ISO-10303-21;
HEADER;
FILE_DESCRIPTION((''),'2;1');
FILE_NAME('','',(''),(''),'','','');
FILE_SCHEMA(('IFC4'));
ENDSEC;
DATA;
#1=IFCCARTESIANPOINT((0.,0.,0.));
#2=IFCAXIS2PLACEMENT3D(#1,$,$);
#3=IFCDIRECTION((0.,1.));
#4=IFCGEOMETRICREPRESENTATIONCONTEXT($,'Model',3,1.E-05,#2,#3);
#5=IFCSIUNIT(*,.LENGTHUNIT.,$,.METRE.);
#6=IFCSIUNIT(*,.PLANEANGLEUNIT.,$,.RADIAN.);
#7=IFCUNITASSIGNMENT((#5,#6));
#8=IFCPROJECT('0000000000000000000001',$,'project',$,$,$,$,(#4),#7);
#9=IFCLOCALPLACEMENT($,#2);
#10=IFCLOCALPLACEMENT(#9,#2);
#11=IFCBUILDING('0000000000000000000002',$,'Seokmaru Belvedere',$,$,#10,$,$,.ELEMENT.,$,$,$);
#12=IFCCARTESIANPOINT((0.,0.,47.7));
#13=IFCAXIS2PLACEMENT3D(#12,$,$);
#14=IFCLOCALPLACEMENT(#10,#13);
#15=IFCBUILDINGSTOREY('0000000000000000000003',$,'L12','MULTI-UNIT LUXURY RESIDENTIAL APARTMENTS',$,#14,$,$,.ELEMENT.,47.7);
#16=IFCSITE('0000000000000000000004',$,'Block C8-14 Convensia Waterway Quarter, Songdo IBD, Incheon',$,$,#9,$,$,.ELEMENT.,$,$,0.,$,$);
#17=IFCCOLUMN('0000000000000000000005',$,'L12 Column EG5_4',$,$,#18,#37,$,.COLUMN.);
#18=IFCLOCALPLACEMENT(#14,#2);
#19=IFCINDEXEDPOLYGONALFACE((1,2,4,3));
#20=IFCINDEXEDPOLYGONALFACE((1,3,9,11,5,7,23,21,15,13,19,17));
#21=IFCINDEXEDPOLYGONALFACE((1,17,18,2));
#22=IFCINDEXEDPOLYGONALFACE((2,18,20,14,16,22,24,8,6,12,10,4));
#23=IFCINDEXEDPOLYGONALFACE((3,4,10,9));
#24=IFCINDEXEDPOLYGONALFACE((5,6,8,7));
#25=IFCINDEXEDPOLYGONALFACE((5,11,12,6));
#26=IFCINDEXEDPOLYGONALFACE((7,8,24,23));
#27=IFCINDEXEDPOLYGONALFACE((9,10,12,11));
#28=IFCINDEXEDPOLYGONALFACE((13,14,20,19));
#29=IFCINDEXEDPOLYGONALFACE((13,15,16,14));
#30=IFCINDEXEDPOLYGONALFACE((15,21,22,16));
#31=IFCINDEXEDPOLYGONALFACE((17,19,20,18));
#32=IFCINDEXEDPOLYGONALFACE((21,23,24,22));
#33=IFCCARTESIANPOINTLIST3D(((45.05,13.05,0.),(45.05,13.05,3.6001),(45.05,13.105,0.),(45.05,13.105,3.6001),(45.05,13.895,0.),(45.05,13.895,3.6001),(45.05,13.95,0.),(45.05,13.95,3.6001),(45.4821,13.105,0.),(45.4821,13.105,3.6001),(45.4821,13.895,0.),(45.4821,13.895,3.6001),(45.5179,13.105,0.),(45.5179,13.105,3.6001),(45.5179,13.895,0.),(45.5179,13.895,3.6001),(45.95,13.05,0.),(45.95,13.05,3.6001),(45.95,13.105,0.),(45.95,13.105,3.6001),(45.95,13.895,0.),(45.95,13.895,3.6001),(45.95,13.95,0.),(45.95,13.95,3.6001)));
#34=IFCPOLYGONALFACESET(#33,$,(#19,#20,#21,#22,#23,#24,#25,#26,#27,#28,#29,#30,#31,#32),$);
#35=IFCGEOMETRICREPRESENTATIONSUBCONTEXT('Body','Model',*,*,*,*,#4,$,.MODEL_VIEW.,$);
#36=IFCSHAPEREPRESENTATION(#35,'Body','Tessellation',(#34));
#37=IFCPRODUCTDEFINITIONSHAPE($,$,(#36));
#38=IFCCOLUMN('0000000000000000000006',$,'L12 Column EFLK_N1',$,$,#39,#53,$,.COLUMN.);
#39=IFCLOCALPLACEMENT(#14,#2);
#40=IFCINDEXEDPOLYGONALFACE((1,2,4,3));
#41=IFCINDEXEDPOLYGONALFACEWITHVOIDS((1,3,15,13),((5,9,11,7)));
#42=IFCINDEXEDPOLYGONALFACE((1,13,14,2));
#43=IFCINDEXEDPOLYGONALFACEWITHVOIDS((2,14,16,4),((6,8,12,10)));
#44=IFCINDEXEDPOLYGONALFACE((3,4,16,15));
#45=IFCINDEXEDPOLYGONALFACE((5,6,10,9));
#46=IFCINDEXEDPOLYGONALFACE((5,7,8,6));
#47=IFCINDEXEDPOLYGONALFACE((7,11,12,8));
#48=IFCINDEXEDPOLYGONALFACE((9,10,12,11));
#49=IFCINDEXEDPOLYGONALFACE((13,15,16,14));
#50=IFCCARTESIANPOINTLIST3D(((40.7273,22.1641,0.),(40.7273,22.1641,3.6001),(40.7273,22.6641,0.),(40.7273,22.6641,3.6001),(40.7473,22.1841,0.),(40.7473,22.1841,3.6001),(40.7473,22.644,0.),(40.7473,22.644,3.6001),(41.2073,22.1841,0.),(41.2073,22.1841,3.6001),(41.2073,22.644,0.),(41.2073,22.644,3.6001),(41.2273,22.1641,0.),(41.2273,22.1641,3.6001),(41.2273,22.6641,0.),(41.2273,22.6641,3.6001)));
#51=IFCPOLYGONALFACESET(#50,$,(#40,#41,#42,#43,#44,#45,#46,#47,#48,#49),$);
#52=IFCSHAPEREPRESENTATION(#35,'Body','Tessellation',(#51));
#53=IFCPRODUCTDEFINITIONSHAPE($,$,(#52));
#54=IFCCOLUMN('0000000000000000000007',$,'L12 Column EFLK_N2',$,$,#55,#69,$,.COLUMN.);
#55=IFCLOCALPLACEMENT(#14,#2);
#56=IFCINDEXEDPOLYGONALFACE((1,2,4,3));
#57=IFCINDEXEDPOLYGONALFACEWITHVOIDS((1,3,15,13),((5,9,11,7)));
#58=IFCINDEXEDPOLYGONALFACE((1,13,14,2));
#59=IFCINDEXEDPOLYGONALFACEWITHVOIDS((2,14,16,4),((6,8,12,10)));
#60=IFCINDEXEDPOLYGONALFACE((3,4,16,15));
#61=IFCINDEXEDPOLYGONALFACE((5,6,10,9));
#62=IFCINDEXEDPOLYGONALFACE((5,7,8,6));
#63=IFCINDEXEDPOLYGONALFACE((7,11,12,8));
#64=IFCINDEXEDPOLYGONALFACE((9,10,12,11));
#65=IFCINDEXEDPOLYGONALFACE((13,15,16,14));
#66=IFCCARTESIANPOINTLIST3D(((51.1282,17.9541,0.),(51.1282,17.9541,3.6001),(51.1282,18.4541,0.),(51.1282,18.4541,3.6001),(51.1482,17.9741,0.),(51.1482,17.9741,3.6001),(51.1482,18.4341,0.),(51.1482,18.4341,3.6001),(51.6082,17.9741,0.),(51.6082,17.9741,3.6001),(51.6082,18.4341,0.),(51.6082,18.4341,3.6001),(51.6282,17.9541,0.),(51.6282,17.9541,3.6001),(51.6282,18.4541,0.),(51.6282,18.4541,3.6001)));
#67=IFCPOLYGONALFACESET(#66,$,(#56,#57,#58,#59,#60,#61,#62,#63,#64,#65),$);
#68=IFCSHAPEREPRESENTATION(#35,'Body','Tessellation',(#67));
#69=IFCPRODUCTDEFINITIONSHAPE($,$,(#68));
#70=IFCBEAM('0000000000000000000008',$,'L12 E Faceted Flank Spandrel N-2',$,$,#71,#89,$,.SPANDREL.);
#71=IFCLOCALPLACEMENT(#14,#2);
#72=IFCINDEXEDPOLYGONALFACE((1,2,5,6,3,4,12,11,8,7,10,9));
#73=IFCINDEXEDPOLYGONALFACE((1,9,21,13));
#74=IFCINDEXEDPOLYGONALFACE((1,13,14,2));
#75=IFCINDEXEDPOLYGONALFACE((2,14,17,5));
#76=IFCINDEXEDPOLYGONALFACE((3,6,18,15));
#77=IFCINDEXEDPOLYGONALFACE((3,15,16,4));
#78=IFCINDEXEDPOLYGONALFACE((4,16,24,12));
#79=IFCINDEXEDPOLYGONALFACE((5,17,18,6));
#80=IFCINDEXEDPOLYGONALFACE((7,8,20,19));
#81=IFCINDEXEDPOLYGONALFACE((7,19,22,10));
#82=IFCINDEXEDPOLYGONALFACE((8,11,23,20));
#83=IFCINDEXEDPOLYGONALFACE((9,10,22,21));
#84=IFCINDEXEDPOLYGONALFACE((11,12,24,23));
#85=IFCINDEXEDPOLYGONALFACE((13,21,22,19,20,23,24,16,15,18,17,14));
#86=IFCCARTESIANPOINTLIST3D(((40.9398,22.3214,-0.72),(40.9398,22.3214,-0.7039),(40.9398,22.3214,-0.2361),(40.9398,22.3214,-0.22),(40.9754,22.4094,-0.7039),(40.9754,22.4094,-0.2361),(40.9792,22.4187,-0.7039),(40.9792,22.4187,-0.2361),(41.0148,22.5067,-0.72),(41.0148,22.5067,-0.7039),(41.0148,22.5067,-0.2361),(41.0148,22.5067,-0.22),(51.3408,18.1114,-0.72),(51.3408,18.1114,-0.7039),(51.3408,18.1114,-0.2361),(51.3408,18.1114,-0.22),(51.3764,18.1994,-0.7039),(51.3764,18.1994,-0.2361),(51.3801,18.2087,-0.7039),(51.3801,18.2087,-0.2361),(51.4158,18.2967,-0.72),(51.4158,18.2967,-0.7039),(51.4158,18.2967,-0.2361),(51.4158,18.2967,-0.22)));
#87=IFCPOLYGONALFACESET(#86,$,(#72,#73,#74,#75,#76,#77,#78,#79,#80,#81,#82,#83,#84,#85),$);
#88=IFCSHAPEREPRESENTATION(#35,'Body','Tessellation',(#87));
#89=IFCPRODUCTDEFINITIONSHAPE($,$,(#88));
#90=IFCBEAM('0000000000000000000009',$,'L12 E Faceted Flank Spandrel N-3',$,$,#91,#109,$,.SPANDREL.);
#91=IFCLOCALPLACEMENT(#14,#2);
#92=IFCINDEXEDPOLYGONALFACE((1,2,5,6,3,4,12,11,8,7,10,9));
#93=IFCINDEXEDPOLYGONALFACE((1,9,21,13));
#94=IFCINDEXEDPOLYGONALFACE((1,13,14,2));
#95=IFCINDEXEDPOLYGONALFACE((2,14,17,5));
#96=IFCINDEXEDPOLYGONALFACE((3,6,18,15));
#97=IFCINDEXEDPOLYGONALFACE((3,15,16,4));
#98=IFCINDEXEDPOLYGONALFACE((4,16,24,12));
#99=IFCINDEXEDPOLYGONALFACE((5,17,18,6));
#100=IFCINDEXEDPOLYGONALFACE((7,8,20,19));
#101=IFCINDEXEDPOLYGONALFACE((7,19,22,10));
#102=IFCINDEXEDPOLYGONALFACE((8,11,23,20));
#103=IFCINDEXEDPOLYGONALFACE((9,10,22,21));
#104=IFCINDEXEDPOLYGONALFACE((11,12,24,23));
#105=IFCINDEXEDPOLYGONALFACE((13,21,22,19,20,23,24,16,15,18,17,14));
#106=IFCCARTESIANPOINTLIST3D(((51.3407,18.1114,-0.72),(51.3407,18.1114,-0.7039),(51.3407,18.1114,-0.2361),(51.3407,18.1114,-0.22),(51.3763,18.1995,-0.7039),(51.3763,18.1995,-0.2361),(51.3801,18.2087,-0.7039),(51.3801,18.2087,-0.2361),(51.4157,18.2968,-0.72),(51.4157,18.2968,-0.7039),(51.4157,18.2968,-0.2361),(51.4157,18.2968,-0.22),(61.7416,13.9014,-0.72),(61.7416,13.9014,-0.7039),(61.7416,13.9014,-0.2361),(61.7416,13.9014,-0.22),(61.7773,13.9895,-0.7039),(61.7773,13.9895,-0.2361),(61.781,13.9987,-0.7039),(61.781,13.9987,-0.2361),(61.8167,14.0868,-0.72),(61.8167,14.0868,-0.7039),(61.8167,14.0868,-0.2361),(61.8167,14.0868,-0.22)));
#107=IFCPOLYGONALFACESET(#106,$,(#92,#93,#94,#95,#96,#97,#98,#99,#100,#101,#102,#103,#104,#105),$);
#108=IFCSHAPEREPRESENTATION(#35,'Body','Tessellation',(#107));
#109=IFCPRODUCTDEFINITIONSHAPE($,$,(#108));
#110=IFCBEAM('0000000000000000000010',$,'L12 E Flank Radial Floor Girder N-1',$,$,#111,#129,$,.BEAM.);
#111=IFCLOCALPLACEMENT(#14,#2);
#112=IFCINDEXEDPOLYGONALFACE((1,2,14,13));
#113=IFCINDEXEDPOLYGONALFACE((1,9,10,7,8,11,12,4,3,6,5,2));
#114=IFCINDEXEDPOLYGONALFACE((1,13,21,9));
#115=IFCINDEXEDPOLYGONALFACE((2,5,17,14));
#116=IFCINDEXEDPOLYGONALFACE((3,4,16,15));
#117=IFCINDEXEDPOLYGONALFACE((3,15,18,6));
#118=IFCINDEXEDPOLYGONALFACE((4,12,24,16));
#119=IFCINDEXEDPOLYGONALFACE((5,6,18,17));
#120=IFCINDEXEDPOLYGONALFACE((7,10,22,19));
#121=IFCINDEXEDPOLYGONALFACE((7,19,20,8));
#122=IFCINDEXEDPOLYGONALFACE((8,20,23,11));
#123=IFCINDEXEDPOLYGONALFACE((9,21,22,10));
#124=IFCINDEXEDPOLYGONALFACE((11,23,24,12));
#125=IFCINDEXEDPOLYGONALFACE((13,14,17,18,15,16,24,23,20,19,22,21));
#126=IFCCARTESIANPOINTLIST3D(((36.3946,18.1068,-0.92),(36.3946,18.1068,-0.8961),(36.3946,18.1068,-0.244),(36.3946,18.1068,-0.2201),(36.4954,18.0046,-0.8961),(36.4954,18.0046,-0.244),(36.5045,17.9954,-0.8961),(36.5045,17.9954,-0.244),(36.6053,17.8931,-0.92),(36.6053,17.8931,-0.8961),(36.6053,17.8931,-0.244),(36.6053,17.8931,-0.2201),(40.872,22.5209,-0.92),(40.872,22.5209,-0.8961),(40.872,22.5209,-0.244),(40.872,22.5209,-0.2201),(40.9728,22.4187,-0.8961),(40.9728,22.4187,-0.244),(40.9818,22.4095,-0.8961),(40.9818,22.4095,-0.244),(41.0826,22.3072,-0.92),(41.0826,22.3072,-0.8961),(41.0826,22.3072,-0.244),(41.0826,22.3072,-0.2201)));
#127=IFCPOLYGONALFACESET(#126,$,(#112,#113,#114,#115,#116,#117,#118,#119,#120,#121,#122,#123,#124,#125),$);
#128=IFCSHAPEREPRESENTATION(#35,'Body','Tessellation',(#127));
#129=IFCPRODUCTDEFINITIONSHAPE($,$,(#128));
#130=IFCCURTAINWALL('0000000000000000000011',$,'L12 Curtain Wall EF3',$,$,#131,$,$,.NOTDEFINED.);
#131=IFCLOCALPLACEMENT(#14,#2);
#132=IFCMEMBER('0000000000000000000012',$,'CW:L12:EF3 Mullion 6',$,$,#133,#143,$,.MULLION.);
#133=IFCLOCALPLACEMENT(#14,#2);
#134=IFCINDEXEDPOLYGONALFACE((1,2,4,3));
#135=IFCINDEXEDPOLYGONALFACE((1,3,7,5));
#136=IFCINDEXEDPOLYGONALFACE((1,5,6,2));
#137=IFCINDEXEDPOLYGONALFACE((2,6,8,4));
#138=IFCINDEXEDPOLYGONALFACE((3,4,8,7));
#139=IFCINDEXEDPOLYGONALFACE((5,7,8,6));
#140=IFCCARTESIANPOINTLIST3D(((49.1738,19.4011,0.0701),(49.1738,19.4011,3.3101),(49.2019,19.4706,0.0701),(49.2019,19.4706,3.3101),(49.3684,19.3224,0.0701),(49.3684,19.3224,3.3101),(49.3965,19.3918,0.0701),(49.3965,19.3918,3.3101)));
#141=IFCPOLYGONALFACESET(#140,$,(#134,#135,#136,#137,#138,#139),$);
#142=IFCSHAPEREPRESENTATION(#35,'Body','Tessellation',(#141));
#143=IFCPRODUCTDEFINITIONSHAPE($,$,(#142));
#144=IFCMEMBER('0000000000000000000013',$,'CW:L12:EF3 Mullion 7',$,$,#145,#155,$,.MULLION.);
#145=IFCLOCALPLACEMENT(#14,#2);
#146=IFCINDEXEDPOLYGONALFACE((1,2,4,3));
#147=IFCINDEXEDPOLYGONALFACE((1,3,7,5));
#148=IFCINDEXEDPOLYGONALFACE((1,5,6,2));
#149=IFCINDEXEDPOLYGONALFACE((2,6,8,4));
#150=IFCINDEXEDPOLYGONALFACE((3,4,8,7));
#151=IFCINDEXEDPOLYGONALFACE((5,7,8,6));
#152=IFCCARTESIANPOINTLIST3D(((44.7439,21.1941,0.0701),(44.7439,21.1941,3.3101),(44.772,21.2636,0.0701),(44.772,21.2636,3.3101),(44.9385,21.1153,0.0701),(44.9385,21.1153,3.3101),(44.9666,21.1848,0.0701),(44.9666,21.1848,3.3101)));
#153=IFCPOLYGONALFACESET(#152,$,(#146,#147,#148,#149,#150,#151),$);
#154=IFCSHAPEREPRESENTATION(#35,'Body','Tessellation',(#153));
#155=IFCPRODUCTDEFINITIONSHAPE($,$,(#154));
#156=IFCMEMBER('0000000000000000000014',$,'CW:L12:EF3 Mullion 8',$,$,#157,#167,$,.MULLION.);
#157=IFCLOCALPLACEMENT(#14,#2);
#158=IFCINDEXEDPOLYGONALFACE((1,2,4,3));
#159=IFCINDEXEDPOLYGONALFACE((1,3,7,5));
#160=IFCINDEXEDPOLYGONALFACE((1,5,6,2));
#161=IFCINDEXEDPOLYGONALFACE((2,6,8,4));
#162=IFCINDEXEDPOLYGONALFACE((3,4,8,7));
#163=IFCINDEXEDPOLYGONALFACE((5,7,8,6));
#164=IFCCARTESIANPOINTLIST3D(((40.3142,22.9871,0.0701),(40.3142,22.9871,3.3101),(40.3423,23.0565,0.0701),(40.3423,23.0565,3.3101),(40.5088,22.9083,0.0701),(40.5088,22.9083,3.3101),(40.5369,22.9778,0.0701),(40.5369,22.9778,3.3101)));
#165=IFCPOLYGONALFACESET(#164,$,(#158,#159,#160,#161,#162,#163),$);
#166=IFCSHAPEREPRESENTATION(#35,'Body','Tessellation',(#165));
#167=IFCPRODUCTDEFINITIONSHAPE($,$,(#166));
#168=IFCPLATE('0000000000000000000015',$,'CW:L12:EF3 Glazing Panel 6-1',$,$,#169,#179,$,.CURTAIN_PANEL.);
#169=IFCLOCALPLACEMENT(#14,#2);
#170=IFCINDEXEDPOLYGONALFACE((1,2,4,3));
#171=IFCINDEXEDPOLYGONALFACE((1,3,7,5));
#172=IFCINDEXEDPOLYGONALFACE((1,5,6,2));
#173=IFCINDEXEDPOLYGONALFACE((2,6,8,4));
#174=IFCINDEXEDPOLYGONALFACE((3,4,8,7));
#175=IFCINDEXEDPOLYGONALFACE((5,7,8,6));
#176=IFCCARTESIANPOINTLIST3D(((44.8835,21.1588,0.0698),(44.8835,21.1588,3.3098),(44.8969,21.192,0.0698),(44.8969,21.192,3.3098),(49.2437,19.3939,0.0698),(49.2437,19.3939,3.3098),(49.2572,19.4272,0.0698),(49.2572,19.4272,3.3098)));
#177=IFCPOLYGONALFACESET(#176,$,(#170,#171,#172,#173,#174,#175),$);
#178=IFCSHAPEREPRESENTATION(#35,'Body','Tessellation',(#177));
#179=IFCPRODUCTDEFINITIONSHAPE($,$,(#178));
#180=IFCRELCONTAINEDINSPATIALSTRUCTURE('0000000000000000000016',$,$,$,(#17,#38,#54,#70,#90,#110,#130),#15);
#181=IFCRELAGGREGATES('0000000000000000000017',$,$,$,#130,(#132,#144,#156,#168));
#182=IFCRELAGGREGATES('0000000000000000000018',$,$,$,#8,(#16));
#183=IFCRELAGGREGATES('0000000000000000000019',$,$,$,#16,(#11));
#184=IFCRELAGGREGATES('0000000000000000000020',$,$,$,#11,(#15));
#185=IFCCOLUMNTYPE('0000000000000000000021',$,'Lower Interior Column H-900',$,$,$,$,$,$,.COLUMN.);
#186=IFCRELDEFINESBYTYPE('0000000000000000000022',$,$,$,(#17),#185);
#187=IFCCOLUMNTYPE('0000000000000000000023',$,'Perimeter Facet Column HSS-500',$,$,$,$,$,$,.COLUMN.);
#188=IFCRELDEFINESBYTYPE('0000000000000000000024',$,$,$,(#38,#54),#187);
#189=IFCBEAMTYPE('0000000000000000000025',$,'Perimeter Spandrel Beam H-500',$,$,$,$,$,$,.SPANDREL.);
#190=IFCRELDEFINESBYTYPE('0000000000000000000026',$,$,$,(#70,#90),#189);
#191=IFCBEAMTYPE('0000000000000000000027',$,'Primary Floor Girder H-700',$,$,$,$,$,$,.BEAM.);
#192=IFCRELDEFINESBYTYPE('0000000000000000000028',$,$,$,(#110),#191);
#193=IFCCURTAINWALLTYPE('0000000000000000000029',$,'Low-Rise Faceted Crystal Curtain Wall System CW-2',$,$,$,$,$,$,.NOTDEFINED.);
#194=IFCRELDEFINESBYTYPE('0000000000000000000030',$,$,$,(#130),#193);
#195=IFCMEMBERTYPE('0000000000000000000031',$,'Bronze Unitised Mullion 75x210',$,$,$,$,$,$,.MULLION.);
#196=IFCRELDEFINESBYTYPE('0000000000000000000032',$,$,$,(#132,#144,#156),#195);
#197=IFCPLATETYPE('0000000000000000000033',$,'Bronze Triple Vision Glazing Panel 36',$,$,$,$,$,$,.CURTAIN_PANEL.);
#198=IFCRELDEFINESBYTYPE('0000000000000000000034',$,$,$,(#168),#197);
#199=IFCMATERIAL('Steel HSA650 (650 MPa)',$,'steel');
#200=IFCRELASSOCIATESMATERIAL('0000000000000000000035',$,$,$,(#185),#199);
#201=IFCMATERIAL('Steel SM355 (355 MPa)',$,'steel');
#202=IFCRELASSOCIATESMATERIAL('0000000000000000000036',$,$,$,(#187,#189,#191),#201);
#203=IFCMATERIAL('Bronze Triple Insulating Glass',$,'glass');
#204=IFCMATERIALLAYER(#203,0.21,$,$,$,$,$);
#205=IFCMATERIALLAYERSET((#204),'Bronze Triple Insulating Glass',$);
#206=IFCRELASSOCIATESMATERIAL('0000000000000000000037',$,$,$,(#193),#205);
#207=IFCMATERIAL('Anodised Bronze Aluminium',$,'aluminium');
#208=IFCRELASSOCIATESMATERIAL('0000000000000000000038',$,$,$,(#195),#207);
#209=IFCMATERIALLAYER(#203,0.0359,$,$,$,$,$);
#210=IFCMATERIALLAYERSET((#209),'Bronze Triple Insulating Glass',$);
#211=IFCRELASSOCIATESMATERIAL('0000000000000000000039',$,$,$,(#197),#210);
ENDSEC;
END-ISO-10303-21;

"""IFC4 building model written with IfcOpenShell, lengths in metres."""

from ifc_helpers import new_model, si_unit, direction, frame, origin, origin_2d, place, context, subcontext, project, spatial, rectangle, hollow_rectangle, i_section, extrude, source, transform, mapped, material, layer, layer_set, material_profile, profile_set, type_object, type_shapes, element, aggregate, save


model = new_model("IFC4")

# Units and contexts
model_context = context("Model", 3, precision=1e-05, world=origin(), true_north=direction((0.0, 1.0)))
body_context = subcontext(model_context, "Body", "Model", "MODEL_VIEW")
ifc_project = project(units=[si_unit("LENGTHUNIT", "METRE"), si_unit("PLANEANGLEUNIT", "RADIAN")], contexts=[model_context])

# Site, building, storey
site_placement = place(None, origin())
site = spatial("IfcSite", under=ifc_project, at=site_placement, Name="Block C8-14 Convensia Waterway Quarter, Songdo IBD, Incheon", CompositionType="ELEMENT", RefElevation=0.0)
building_placement = place(site_placement, origin())
building = spatial("IfcBuilding", under=site, at=building_placement, Name="Seokmaru Belvedere", CompositionType="ELEMENT")
storey_placement = place(building_placement, frame((0.0, 0.0, 47.7)))
storey = spatial("IfcBuildingStorey", under=building, at=storey_placement, Name="L12", Description="MULTI-UNIT LUXURY RESIDENTIAL APARTMENTS", CompositionType="ELEMENT", Elevation=47.7)

# Columns
ifc_material_1 = material(Name="Steel HSA650 (650 MPa)", Category="steel")
ifc_material_profile_1 = material_profile(ifc_material_1, i_section(OverallWidth=0.8999, OverallDepth=0.8999, WebThickness=0.0359, FlangeThickness=0.0549, at=origin_2d()), Name="H-900x900x36x55")
ifc_profile_set_1 = profile_set([ifc_material_profile_1], Name="Steel HSA650 (650 MPa)")
column_type_1 = type_object("IfcColumnType", Name="Lower Interior Column H-900", PredefinedType="COLUMN", material=ifc_profile_set_1)
shared_shape_1 = source(origin(), body_context, "Body", "SweptSolid", [
    extrude(i_section(OverallWidth=0.8999, OverallDepth=0.8999, WebThickness=0.0359, FlangeThickness=0.0549, at=origin_2d()), origin(), (0.0, 0.0, 1.0), 3.6001),
])
type_shapes(column_type_1, [shared_shape_1])
column_placement = place(storey_placement, frame((45.5, 13.5, 0.0), z_axis=(0.0, 0.0, 1.0), x_axis=(1.0, 0.0, 0.0)))
element("IfcColumn", 1, at=column_placement, inside=storey, type_object=column_type_1, Name="L12 Column EG5_4", PredefinedType="COLUMN", context=body_context, shape_type="MappedRepresentation", body=[
    mapped(shared_shape_1, transform((0.0, 0.0, 0.0), scale=1.0)),
])
ifc_material_2 = material(Name="Steel SM355 (355 MPa)", Category="steel")
ifc_material_profile_2 = material_profile(ifc_material_2, hollow_rectangle(XDim=0.5, YDim=0.5, WallThickness=0.02, at=origin_2d()), Name="HSS-500x500x20")
ifc_profile_set_2 = profile_set([ifc_material_profile_2], Name="Steel SM355 (355 MPa)")
column_type_2 = type_object("IfcColumnType", Name="Perimeter Facet Column HSS-500", PredefinedType="COLUMN", material=ifc_profile_set_2)
shared_shape_2 = source(origin(), body_context, "Body", "SweptSolid", [
    extrude(hollow_rectangle(XDim=0.5, YDim=0.5, WallThickness=0.02, at=origin_2d()), origin(), (0.0, 0.0, 1.0), 3.6001),
])
type_shapes(column_type_2, [shared_shape_2])
for number, where, z_axis, x_axis, name in (
    (2, (40.9773, 22.4141, 0.0), (0.0, 0.0, 1.0), (1.0, 0.0, 0.0), "L12 Column EFLK_N1"),
    (3, (51.3782, 18.2041, 0.0), (0.0, 0.0, 1.0), (1.0, 0.0, 0.0), "L12 Column EFLK_N2"),
):
    element("IfcColumn", number, at=place(storey_placement, frame(where, z_axis=z_axis, x_axis=x_axis)), inside=storey, type_object=column_type_2, Name=name, PredefinedType="COLUMN", context=body_context, shape_type="MappedRepresentation", body=[
        mapped(shared_shape_2, transform((0.0, 0.0, 0.0), scale=1.0)),
    ])

# Beams
ifc_material_profile_3 = material_profile(ifc_material_2, i_section(OverallWidth=0.2, OverallDepth=0.5, WebThickness=0.01, FlangeThickness=0.0161, at=origin_2d()), Name="H-500x200x10x16")
ifc_profile_set_3 = profile_set([ifc_material_profile_3], Name="Steel SM355 (355 MPa)")
beam_type_1 = type_object("IfcBeamType", Name="Perimeter Spandrel Beam H-500", PredefinedType="SPANDREL", material=ifc_profile_set_3)
shared_shape_3 = source(origin(), body_context, "Body", "SweptSolid", [
    extrude(i_section(OverallWidth=0.2, OverallDepth=0.5, WebThickness=0.01, FlangeThickness=0.0161, at=origin_2d()), origin(), (0.0, 0.0, 1.0), 11.2207),
])
type_shapes(beam_type_1, [shared_shape_3])
for number, where, z_axis, x_axis, name in (
    (4, (40.9773, 22.4141, -0.47), (0.926944, -0.375199, 0.0), (0.375199, 0.926944, 0.0), "L12 E Faceted Flank Spandrel N-2"),
    (5, (51.3782, 18.2041, -0.47), (0.926944, -0.375199, 0.0), (0.375199, 0.926944, 0.0), "L12 E Faceted Flank Spandrel N-3"),
):
    element("IfcBeam", number, at=place(storey_placement, frame(where, z_axis=z_axis, x_axis=x_axis)), inside=storey, type_object=beam_type_1, Name=name, PredefinedType="SPANDREL", context=body_context, shape_type="MappedRepresentation", body=[
        mapped(shared_shape_3, transform((0.0, 0.0, 0.0), scale=1.0)),
    ])
ifc_material_profile_4 = material_profile(ifc_material_2, i_section(OverallWidth=0.3, OverallDepth=0.7, WebThickness=0.0129, FlangeThickness=0.0239, at=origin_2d()), Name="H-700x300x13x24")
ifc_profile_set_4 = profile_set([ifc_material_profile_4], Name="Steel SM355 (355 MPa)")
beam_type_2 = type_object("IfcBeamType", Name="Primary Floor Girder H-700", PredefinedType="BEAM", material=ifc_profile_set_4)
shared_shape_4 = source(origin(), body_context, "Body", "SweptSolid", [
    extrude(i_section(OverallWidth=0.3, OverallDepth=0.7, WebThickness=0.0129, FlangeThickness=0.0239, at=origin_2d()), origin(), (0.0, 0.0, 1.0), 6.2874),
])
type_shapes(beam_type_2, [shared_shape_4])
beam_placement = place(storey_placement, frame((40.9773, 22.4141, -0.5701), z_axis=(-0.712117, -0.70206, 0.0), x_axis=(0.70206, -0.712117, 0.0)))
element("IfcBeam", 6, at=beam_placement, inside=storey, type_object=beam_type_2, Name="L12 E Flank Radial Floor Girder N-1", PredefinedType="BEAM", context=body_context, shape_type="MappedRepresentation", body=[
    mapped(shared_shape_4, transform((0.0, 0.0, 0.0), scale=1.0)),
])

# Curtain wall, members, plate
ifc_material_3 = material(Name="Bronze Triple Insulating Glass", Category="glass")
ifc_layer_1 = layer(ifc_material_3, 0.21)
ifc_layer_set_1 = layer_set([ifc_layer_1], Name="Bronze Triple Insulating Glass")
curtain_wall_type = type_object("IfcCurtainWallType", Name="Low-Rise Faceted Crystal Curtain Wall System CW-2", PredefinedType="NOTDEFINED", material=ifc_layer_set_1)
curtain_wall_placement = place(storey_placement, origin())
curtain_wall = element("IfcCurtainWall", 7, at=curtain_wall_placement, inside=storey, type_object=curtain_wall_type, Name="L12 Curtain Wall EF3", PredefinedType="NOTDEFINED")
ifc_material_4 = material(Name="Anodised Bronze Aluminium", Category="aluminium")
ifc_material_profile_5 = material_profile(ifc_material_4, rectangle(XDim=0.075, YDim=0.21, at=origin_2d()), Name="CW-M-75x210")
ifc_profile_set_5 = profile_set([ifc_material_profile_5], Name="Anodised Bronze Aluminium")
member_type = type_object("IfcMemberType", Name="Bronze Unitised Mullion 75x210", PredefinedType="MULLION", material=ifc_profile_set_5)
shared_shape_5 = source(origin(), body_context, "Body", "SweptSolid", [
    extrude(rectangle(XDim=0.075, YDim=0.21, at=origin_2d()), origin(), (0.0, 0.0, 1.0), 3.24),
])
type_shapes(member_type, [shared_shape_5])
member_1_placement = place(storey_placement, frame((49.2852, 19.3965, 0.0701), z_axis=(0.0, 0.0, 1.0), x_axis=(-0.375192, -0.926947, 0.0)))
member_1 = element("IfcMember", 8, at=member_1_placement, type_object=member_type, Name="CW:L12:EF3 Mullion 6", PredefinedType="MULLION", context=body_context, shape_type="MappedRepresentation", body=[
    mapped(shared_shape_5, transform((0.0, 0.0, 0.0), scale=1.0)),
])
member_2_placement = place(storey_placement, frame((44.8552, 21.1895, 0.0701), z_axis=(0.0, 0.0, 1.0), x_axis=(-0.375192, -0.926947, 0.0)))
member_2 = element("IfcMember", 9, at=member_2_placement, type_object=member_type, Name="CW:L12:EF3 Mullion 7", PredefinedType="MULLION", context=body_context, shape_type="MappedRepresentation", body=[
    mapped(shared_shape_5, transform((0.0, 0.0, 0.0), scale=1.0)),
])
member_3_placement = place(storey_placement, frame((40.4255, 22.9824, 0.0701), z_axis=(0.0, 0.0, 1.0), x_axis=(-0.375192, -0.926947, 0.0)))
member_3 = element("IfcMember", 10, at=member_3_placement, type_object=member_type, Name="CW:L12:EF3 Mullion 8", PredefinedType="MULLION", context=body_context, shape_type="MappedRepresentation", body=[
    mapped(shared_shape_5, transform((0.0, 0.0, 0.0), scale=1.0)),
])
ifc_layer_2 = layer(ifc_material_3, 0.0359)
ifc_layer_set_2 = layer_set([ifc_layer_2], Name="Bronze Triple Insulating Glass")
plate_type = type_object("IfcPlateType", Name="Bronze Triple Vision Glazing Panel 36", PredefinedType="CURTAIN_PANEL", material=ifc_layer_set_2)
shared_shape_6 = source(origin(), body_context, "Body", "SweptSolid", [
    extrude(rectangle(XDim=4.7039, YDim=0.0359, at=origin_2d()), origin(), (0.0, 0.0, 1.0), 3.24),
])
type_shapes(plate_type, [shared_shape_6])
plate_1_placement = place(storey_placement, frame((47.0703, 20.293, 0.0698), z_axis=(0.0, 0.0, 1.0), x_axis=(-0.926947, 0.375192, 0.0)))
plate_1 = element("IfcPlate", 11, at=plate_1_placement, type_object=plate_type, Name="CW:L12:EF3 Glazing Panel 6-1", PredefinedType="CURTAIN_PANEL", context=body_context, shape_type="MappedRepresentation", body=[
    mapped(shared_shape_6, transform((0.0, 0.0, 0.0), scale=1.0)),
])
aggregate(curtain_wall, [member_1, member_2, member_3, plate_1])

save(model, "model.ifc")
